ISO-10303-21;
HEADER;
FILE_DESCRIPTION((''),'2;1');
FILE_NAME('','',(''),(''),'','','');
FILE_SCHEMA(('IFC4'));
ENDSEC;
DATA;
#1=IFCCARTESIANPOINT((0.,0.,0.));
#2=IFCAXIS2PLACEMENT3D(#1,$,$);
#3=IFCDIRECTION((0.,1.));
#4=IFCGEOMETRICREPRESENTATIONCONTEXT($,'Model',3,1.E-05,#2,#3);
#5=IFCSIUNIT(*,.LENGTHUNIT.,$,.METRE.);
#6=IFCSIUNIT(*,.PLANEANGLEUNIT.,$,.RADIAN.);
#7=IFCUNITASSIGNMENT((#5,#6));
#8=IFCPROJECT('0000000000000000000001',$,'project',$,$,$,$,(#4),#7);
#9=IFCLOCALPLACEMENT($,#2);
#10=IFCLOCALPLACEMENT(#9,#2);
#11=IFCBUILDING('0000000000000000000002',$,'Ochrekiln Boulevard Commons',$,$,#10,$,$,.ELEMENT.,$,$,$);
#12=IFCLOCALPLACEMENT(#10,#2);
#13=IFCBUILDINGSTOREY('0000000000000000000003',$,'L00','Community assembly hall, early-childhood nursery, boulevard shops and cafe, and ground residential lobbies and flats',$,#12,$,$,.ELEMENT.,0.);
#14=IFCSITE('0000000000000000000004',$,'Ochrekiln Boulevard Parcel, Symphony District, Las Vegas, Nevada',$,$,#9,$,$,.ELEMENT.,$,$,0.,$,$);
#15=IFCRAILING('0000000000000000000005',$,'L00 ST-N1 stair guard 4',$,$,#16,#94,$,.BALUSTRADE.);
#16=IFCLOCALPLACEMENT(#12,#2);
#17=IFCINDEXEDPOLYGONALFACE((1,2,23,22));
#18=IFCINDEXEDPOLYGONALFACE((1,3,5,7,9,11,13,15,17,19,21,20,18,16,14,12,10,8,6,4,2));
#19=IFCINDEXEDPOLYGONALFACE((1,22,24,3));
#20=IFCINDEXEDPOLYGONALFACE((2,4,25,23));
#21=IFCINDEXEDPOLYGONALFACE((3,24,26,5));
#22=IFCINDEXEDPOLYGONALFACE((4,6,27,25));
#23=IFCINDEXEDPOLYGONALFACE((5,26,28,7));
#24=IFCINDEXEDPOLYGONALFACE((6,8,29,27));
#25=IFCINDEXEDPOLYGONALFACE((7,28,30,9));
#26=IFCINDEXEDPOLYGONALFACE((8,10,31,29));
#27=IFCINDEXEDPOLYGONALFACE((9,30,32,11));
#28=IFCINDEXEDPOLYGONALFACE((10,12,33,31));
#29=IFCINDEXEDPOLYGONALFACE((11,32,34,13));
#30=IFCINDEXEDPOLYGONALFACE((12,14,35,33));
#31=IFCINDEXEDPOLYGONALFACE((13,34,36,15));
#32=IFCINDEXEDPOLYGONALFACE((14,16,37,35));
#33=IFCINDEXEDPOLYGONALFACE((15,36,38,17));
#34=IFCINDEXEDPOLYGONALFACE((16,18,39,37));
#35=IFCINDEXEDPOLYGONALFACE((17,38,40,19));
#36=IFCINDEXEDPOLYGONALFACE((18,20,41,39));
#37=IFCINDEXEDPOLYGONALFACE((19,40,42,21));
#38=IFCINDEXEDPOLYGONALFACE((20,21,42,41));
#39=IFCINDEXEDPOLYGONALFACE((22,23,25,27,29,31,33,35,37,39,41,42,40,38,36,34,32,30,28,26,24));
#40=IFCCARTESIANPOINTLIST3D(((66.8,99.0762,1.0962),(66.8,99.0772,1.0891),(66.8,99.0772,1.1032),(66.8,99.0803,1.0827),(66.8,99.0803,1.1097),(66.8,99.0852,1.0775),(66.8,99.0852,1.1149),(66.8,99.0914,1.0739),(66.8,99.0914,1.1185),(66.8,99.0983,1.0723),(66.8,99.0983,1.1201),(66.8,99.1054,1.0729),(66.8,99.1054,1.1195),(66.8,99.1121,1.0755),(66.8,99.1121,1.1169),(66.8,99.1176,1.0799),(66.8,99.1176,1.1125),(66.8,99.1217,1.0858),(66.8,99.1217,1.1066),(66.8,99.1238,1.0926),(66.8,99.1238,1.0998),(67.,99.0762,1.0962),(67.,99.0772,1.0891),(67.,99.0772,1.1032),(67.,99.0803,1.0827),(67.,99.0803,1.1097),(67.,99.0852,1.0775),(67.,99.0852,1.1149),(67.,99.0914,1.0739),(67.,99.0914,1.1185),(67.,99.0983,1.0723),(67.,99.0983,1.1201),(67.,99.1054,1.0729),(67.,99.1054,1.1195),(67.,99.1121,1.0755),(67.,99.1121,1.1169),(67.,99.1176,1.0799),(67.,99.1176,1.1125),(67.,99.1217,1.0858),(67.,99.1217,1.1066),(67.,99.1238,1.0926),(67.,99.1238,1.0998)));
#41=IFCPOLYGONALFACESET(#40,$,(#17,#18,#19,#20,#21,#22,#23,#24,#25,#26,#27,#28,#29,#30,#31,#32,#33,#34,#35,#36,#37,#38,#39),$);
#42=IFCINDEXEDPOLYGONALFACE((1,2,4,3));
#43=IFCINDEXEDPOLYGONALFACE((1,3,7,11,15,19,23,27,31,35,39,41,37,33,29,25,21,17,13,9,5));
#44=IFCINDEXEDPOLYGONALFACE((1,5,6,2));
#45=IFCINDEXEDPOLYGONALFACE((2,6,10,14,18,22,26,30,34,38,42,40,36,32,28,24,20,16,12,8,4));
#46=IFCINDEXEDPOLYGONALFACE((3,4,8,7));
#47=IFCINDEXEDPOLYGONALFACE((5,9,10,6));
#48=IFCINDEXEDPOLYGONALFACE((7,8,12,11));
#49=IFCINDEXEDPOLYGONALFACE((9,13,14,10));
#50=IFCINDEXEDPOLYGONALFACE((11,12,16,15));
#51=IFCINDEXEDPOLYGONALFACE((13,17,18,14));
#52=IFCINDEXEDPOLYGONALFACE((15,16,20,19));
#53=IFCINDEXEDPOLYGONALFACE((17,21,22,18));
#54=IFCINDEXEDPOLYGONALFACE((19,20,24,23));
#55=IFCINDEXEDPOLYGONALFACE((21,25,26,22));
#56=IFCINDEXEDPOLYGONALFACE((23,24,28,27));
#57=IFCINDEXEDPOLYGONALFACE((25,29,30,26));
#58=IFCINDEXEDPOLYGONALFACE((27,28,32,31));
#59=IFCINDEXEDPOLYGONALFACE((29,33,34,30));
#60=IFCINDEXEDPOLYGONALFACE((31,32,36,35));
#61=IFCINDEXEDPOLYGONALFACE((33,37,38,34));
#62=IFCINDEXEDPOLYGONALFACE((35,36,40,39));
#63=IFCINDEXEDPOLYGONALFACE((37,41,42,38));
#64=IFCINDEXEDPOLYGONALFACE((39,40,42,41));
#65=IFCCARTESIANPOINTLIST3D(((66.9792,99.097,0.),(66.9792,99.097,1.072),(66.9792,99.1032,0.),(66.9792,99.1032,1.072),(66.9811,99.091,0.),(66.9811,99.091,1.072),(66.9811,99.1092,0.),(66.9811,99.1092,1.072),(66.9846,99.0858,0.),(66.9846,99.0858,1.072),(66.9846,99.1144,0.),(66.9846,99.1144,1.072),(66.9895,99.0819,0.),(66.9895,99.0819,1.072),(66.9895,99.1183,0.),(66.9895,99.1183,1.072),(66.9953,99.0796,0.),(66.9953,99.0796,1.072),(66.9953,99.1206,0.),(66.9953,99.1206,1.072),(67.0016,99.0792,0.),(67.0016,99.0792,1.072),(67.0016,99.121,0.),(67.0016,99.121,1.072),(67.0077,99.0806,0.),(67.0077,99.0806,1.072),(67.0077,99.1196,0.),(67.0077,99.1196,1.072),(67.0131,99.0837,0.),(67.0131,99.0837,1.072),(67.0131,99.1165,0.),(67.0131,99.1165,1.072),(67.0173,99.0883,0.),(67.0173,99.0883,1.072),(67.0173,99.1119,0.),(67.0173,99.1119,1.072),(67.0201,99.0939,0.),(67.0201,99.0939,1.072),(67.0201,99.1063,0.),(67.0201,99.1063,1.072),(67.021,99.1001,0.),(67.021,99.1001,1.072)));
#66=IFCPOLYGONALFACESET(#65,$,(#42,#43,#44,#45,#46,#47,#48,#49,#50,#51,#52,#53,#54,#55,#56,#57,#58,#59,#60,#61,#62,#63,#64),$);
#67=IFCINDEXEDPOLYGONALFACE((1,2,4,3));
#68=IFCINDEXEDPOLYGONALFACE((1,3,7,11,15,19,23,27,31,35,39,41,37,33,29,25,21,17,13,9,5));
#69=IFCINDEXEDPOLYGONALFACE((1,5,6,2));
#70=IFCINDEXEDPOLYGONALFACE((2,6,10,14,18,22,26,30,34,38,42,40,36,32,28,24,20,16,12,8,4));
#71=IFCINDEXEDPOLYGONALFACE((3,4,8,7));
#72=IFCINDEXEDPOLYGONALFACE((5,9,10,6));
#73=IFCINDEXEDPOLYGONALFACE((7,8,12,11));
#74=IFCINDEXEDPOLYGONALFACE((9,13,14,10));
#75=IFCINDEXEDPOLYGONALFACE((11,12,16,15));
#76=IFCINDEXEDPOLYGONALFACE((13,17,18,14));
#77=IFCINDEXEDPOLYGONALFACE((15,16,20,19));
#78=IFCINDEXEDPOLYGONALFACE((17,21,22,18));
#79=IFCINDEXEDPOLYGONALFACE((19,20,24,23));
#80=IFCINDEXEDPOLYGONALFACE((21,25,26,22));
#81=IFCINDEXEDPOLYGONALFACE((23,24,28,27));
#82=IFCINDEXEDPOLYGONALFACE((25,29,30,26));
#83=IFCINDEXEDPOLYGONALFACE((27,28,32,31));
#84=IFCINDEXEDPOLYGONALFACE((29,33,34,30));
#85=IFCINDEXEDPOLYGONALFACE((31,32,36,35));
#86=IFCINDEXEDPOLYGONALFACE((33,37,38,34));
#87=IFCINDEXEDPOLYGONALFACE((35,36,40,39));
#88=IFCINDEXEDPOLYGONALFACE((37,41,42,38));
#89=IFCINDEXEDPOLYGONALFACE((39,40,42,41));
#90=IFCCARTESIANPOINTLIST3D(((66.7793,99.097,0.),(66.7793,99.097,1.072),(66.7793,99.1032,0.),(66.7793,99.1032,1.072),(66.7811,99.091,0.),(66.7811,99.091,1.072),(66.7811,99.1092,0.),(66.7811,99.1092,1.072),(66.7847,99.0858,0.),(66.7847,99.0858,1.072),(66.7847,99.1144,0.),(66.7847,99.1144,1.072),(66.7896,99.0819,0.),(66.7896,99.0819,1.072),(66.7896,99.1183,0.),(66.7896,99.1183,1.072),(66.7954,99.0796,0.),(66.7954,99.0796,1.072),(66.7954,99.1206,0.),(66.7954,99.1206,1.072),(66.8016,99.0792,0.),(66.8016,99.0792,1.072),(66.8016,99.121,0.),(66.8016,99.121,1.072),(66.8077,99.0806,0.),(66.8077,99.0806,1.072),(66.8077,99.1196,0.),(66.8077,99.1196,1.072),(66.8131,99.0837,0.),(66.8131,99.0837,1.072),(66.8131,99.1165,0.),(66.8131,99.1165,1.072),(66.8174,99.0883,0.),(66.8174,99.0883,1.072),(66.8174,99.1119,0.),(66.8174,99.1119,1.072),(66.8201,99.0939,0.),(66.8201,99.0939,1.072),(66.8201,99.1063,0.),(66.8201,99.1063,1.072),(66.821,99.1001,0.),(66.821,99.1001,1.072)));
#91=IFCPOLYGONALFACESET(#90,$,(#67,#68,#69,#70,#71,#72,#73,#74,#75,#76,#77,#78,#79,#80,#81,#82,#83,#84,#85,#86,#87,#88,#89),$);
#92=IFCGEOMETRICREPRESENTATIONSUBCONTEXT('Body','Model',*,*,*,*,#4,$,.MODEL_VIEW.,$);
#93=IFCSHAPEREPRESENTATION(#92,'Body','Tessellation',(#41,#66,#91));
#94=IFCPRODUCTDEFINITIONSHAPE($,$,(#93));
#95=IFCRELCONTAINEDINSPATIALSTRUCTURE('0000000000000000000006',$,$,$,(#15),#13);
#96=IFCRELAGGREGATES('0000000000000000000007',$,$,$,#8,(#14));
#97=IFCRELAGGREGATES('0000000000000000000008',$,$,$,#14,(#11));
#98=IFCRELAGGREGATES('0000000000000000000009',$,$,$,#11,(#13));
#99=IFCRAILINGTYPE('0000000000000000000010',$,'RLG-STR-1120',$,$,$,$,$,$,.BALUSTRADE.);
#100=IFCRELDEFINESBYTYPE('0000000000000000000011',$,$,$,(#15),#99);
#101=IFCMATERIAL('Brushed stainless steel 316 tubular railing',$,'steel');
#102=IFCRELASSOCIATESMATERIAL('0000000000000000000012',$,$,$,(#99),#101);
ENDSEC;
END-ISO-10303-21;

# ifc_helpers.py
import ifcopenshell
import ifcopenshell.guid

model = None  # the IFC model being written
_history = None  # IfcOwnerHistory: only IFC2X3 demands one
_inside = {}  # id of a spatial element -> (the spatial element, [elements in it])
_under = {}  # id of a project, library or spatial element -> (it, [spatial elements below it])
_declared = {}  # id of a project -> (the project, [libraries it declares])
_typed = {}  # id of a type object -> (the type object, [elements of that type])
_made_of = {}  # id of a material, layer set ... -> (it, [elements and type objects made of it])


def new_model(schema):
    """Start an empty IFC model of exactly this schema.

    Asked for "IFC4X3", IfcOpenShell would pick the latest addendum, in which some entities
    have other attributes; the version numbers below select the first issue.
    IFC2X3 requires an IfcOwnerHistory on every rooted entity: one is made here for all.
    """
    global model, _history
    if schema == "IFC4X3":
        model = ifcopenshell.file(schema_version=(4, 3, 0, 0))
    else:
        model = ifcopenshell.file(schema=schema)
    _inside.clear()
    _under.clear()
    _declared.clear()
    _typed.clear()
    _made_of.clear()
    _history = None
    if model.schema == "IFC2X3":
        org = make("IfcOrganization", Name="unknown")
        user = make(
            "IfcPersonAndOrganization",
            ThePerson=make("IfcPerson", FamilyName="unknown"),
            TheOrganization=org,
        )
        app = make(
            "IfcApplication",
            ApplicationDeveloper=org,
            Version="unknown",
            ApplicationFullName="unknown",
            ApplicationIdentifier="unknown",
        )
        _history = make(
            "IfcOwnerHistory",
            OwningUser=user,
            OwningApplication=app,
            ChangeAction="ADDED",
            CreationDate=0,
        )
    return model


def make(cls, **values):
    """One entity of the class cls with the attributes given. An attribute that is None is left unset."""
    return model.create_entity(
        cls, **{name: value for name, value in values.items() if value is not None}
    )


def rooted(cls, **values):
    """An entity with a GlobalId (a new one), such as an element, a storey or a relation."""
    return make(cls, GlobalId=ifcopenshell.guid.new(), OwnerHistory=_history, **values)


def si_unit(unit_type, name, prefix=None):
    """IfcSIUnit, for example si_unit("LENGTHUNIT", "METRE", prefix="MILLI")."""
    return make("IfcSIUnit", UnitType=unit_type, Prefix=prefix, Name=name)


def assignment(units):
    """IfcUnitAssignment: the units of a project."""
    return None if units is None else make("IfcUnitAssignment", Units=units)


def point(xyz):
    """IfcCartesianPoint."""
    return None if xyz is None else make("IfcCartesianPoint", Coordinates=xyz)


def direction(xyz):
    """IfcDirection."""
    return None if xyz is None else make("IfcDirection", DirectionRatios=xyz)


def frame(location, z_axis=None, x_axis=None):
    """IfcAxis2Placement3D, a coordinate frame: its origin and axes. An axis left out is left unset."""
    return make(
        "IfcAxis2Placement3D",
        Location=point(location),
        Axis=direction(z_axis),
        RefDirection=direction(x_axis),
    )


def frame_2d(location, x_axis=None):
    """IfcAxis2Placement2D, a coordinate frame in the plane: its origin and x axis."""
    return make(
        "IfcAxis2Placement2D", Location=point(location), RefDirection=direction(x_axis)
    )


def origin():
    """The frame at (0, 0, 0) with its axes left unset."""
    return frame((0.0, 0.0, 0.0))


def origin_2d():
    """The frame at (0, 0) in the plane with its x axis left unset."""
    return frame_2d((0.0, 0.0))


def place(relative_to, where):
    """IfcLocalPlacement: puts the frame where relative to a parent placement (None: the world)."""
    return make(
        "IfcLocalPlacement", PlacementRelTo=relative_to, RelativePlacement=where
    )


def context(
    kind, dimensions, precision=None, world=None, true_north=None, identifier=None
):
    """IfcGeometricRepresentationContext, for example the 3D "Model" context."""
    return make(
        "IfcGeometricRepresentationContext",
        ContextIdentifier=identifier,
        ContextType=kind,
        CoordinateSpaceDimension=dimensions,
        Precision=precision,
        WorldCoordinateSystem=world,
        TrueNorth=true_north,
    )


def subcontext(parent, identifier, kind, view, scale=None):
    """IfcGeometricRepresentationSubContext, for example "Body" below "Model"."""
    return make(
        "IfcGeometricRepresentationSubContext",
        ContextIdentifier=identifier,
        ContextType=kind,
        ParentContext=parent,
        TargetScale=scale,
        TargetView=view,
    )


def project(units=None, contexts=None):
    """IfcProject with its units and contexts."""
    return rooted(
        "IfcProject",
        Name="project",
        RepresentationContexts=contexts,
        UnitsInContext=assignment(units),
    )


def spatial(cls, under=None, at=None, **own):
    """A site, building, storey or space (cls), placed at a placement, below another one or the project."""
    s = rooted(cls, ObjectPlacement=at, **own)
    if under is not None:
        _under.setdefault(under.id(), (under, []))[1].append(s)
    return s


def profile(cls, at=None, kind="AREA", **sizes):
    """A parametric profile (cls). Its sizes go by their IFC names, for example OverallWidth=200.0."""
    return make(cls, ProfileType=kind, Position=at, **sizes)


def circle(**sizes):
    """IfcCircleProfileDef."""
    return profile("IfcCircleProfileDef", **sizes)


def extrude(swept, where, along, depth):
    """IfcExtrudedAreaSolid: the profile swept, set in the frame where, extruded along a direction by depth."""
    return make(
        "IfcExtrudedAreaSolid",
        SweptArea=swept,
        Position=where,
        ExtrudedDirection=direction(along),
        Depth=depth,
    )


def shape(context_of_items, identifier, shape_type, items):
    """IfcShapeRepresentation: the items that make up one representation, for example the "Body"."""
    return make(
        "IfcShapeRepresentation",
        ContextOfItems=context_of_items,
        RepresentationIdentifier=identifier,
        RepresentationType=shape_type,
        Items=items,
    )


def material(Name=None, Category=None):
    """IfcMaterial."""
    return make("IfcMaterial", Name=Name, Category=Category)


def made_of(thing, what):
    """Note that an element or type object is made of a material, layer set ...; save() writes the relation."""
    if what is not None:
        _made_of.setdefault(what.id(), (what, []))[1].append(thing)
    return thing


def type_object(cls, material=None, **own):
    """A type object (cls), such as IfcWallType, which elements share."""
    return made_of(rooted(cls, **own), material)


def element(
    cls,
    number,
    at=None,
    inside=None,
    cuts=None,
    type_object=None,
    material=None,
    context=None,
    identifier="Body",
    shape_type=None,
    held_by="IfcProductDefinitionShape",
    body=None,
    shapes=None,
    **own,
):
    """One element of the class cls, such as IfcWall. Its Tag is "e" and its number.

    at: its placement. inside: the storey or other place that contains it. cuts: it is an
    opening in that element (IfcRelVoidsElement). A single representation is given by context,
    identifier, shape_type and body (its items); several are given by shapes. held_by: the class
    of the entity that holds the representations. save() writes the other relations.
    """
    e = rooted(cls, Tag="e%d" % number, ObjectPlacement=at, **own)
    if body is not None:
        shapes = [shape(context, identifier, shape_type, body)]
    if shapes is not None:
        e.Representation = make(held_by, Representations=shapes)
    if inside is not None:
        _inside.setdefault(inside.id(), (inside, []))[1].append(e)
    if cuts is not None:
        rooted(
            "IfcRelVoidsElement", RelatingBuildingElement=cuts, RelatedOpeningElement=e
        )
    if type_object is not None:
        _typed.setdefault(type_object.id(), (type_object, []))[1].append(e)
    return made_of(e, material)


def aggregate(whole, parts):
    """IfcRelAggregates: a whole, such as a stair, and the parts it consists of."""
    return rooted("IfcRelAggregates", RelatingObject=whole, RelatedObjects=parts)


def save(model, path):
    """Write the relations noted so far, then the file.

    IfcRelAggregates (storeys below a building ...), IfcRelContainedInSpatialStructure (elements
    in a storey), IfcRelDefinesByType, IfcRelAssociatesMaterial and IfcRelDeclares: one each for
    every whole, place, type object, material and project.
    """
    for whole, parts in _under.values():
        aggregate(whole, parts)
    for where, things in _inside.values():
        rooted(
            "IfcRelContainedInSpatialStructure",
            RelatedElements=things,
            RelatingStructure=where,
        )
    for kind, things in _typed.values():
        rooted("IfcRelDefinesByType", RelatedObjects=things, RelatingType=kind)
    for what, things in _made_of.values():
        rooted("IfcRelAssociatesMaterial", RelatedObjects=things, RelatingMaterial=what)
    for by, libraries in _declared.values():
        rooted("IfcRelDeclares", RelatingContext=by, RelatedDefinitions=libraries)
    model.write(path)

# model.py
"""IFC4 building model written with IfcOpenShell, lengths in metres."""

from ifc_helpers import new_model, si_unit, direction, frame, origin, origin_2d, place, context, subcontext, project, spatial, circle, extrude, material, type_object, element, save


model = new_model("IFC4")

# Units and contexts
model_context = context("Model", 3, precision=1e-05, world=origin(), true_north=direction((0.0, 1.0)))
body_context = subcontext(model_context, "Body", "Model", "MODEL_VIEW")
ifc_project = project(units=[si_unit("LENGTHUNIT", "METRE"), si_unit("PLANEANGLEUNIT", "RADIAN")], contexts=[model_context])

# Site, building, storey
site_placement = place(None, origin())
site = spatial("IfcSite", under=ifc_project, at=site_placement, Name="Ochrekiln Boulevard Parcel, Symphony District, Las Vegas, Nevada", CompositionType="ELEMENT", RefElevation=0.0)
building_placement = place(site_placement, origin())
building = spatial("IfcBuilding", under=site, at=building_placement, Name="Ochrekiln Boulevard Commons", CompositionType="ELEMENT")
storey_placement = place(building_placement, origin())
storey = spatial("IfcBuildingStorey", under=building, at=storey_placement, Name="L00", Description="Community assembly hall, early-childhood nursery, boulevard shops and cafe, and ground residential lobbies and flats", CompositionType="ELEMENT", Elevation=0.0)

# Railing
ifc_material_1 = material(Name="Brushed stainless steel 316 tubular railing", Category="steel")
railing_type_1 = type_object("IfcRailingType", Name="RLG-STR-1120", PredefinedType="BALUSTRADE", material=ifc_material_1)
railing_1_placement = place(storey_placement, frame((67.0, 99.1001, 0.0)))
element("IfcRailing", 1, at=railing_1_placement, inside=storey, type_object=railing_type_1, Name="L00 ST-N1 stair guard 4", PredefinedType="BALUSTRADE", context=body_context, shape_type="SweptSolid", body=[
    extrude(circle(Radius=0.0239, at=origin_2d()), frame((0.0, 0.0, 1.0962), z_axis=(-1.0, 0.0, 0.0), x_axis=(0.0, -1.0, 0.0)), (0.0, 0.0, 1.0), 0.2),
    extrude(circle(Radius=0.021, at=origin_2d()), origin(), (0.0, 0.0, 1.0), 1.072),
    extrude(circle(Radius=0.021, at=origin_2d()), frame((-0.2, 0.0, 0.0)), (0.0, 0.0, 1.0), 1.072),
])

save(model, "model.ifc")
